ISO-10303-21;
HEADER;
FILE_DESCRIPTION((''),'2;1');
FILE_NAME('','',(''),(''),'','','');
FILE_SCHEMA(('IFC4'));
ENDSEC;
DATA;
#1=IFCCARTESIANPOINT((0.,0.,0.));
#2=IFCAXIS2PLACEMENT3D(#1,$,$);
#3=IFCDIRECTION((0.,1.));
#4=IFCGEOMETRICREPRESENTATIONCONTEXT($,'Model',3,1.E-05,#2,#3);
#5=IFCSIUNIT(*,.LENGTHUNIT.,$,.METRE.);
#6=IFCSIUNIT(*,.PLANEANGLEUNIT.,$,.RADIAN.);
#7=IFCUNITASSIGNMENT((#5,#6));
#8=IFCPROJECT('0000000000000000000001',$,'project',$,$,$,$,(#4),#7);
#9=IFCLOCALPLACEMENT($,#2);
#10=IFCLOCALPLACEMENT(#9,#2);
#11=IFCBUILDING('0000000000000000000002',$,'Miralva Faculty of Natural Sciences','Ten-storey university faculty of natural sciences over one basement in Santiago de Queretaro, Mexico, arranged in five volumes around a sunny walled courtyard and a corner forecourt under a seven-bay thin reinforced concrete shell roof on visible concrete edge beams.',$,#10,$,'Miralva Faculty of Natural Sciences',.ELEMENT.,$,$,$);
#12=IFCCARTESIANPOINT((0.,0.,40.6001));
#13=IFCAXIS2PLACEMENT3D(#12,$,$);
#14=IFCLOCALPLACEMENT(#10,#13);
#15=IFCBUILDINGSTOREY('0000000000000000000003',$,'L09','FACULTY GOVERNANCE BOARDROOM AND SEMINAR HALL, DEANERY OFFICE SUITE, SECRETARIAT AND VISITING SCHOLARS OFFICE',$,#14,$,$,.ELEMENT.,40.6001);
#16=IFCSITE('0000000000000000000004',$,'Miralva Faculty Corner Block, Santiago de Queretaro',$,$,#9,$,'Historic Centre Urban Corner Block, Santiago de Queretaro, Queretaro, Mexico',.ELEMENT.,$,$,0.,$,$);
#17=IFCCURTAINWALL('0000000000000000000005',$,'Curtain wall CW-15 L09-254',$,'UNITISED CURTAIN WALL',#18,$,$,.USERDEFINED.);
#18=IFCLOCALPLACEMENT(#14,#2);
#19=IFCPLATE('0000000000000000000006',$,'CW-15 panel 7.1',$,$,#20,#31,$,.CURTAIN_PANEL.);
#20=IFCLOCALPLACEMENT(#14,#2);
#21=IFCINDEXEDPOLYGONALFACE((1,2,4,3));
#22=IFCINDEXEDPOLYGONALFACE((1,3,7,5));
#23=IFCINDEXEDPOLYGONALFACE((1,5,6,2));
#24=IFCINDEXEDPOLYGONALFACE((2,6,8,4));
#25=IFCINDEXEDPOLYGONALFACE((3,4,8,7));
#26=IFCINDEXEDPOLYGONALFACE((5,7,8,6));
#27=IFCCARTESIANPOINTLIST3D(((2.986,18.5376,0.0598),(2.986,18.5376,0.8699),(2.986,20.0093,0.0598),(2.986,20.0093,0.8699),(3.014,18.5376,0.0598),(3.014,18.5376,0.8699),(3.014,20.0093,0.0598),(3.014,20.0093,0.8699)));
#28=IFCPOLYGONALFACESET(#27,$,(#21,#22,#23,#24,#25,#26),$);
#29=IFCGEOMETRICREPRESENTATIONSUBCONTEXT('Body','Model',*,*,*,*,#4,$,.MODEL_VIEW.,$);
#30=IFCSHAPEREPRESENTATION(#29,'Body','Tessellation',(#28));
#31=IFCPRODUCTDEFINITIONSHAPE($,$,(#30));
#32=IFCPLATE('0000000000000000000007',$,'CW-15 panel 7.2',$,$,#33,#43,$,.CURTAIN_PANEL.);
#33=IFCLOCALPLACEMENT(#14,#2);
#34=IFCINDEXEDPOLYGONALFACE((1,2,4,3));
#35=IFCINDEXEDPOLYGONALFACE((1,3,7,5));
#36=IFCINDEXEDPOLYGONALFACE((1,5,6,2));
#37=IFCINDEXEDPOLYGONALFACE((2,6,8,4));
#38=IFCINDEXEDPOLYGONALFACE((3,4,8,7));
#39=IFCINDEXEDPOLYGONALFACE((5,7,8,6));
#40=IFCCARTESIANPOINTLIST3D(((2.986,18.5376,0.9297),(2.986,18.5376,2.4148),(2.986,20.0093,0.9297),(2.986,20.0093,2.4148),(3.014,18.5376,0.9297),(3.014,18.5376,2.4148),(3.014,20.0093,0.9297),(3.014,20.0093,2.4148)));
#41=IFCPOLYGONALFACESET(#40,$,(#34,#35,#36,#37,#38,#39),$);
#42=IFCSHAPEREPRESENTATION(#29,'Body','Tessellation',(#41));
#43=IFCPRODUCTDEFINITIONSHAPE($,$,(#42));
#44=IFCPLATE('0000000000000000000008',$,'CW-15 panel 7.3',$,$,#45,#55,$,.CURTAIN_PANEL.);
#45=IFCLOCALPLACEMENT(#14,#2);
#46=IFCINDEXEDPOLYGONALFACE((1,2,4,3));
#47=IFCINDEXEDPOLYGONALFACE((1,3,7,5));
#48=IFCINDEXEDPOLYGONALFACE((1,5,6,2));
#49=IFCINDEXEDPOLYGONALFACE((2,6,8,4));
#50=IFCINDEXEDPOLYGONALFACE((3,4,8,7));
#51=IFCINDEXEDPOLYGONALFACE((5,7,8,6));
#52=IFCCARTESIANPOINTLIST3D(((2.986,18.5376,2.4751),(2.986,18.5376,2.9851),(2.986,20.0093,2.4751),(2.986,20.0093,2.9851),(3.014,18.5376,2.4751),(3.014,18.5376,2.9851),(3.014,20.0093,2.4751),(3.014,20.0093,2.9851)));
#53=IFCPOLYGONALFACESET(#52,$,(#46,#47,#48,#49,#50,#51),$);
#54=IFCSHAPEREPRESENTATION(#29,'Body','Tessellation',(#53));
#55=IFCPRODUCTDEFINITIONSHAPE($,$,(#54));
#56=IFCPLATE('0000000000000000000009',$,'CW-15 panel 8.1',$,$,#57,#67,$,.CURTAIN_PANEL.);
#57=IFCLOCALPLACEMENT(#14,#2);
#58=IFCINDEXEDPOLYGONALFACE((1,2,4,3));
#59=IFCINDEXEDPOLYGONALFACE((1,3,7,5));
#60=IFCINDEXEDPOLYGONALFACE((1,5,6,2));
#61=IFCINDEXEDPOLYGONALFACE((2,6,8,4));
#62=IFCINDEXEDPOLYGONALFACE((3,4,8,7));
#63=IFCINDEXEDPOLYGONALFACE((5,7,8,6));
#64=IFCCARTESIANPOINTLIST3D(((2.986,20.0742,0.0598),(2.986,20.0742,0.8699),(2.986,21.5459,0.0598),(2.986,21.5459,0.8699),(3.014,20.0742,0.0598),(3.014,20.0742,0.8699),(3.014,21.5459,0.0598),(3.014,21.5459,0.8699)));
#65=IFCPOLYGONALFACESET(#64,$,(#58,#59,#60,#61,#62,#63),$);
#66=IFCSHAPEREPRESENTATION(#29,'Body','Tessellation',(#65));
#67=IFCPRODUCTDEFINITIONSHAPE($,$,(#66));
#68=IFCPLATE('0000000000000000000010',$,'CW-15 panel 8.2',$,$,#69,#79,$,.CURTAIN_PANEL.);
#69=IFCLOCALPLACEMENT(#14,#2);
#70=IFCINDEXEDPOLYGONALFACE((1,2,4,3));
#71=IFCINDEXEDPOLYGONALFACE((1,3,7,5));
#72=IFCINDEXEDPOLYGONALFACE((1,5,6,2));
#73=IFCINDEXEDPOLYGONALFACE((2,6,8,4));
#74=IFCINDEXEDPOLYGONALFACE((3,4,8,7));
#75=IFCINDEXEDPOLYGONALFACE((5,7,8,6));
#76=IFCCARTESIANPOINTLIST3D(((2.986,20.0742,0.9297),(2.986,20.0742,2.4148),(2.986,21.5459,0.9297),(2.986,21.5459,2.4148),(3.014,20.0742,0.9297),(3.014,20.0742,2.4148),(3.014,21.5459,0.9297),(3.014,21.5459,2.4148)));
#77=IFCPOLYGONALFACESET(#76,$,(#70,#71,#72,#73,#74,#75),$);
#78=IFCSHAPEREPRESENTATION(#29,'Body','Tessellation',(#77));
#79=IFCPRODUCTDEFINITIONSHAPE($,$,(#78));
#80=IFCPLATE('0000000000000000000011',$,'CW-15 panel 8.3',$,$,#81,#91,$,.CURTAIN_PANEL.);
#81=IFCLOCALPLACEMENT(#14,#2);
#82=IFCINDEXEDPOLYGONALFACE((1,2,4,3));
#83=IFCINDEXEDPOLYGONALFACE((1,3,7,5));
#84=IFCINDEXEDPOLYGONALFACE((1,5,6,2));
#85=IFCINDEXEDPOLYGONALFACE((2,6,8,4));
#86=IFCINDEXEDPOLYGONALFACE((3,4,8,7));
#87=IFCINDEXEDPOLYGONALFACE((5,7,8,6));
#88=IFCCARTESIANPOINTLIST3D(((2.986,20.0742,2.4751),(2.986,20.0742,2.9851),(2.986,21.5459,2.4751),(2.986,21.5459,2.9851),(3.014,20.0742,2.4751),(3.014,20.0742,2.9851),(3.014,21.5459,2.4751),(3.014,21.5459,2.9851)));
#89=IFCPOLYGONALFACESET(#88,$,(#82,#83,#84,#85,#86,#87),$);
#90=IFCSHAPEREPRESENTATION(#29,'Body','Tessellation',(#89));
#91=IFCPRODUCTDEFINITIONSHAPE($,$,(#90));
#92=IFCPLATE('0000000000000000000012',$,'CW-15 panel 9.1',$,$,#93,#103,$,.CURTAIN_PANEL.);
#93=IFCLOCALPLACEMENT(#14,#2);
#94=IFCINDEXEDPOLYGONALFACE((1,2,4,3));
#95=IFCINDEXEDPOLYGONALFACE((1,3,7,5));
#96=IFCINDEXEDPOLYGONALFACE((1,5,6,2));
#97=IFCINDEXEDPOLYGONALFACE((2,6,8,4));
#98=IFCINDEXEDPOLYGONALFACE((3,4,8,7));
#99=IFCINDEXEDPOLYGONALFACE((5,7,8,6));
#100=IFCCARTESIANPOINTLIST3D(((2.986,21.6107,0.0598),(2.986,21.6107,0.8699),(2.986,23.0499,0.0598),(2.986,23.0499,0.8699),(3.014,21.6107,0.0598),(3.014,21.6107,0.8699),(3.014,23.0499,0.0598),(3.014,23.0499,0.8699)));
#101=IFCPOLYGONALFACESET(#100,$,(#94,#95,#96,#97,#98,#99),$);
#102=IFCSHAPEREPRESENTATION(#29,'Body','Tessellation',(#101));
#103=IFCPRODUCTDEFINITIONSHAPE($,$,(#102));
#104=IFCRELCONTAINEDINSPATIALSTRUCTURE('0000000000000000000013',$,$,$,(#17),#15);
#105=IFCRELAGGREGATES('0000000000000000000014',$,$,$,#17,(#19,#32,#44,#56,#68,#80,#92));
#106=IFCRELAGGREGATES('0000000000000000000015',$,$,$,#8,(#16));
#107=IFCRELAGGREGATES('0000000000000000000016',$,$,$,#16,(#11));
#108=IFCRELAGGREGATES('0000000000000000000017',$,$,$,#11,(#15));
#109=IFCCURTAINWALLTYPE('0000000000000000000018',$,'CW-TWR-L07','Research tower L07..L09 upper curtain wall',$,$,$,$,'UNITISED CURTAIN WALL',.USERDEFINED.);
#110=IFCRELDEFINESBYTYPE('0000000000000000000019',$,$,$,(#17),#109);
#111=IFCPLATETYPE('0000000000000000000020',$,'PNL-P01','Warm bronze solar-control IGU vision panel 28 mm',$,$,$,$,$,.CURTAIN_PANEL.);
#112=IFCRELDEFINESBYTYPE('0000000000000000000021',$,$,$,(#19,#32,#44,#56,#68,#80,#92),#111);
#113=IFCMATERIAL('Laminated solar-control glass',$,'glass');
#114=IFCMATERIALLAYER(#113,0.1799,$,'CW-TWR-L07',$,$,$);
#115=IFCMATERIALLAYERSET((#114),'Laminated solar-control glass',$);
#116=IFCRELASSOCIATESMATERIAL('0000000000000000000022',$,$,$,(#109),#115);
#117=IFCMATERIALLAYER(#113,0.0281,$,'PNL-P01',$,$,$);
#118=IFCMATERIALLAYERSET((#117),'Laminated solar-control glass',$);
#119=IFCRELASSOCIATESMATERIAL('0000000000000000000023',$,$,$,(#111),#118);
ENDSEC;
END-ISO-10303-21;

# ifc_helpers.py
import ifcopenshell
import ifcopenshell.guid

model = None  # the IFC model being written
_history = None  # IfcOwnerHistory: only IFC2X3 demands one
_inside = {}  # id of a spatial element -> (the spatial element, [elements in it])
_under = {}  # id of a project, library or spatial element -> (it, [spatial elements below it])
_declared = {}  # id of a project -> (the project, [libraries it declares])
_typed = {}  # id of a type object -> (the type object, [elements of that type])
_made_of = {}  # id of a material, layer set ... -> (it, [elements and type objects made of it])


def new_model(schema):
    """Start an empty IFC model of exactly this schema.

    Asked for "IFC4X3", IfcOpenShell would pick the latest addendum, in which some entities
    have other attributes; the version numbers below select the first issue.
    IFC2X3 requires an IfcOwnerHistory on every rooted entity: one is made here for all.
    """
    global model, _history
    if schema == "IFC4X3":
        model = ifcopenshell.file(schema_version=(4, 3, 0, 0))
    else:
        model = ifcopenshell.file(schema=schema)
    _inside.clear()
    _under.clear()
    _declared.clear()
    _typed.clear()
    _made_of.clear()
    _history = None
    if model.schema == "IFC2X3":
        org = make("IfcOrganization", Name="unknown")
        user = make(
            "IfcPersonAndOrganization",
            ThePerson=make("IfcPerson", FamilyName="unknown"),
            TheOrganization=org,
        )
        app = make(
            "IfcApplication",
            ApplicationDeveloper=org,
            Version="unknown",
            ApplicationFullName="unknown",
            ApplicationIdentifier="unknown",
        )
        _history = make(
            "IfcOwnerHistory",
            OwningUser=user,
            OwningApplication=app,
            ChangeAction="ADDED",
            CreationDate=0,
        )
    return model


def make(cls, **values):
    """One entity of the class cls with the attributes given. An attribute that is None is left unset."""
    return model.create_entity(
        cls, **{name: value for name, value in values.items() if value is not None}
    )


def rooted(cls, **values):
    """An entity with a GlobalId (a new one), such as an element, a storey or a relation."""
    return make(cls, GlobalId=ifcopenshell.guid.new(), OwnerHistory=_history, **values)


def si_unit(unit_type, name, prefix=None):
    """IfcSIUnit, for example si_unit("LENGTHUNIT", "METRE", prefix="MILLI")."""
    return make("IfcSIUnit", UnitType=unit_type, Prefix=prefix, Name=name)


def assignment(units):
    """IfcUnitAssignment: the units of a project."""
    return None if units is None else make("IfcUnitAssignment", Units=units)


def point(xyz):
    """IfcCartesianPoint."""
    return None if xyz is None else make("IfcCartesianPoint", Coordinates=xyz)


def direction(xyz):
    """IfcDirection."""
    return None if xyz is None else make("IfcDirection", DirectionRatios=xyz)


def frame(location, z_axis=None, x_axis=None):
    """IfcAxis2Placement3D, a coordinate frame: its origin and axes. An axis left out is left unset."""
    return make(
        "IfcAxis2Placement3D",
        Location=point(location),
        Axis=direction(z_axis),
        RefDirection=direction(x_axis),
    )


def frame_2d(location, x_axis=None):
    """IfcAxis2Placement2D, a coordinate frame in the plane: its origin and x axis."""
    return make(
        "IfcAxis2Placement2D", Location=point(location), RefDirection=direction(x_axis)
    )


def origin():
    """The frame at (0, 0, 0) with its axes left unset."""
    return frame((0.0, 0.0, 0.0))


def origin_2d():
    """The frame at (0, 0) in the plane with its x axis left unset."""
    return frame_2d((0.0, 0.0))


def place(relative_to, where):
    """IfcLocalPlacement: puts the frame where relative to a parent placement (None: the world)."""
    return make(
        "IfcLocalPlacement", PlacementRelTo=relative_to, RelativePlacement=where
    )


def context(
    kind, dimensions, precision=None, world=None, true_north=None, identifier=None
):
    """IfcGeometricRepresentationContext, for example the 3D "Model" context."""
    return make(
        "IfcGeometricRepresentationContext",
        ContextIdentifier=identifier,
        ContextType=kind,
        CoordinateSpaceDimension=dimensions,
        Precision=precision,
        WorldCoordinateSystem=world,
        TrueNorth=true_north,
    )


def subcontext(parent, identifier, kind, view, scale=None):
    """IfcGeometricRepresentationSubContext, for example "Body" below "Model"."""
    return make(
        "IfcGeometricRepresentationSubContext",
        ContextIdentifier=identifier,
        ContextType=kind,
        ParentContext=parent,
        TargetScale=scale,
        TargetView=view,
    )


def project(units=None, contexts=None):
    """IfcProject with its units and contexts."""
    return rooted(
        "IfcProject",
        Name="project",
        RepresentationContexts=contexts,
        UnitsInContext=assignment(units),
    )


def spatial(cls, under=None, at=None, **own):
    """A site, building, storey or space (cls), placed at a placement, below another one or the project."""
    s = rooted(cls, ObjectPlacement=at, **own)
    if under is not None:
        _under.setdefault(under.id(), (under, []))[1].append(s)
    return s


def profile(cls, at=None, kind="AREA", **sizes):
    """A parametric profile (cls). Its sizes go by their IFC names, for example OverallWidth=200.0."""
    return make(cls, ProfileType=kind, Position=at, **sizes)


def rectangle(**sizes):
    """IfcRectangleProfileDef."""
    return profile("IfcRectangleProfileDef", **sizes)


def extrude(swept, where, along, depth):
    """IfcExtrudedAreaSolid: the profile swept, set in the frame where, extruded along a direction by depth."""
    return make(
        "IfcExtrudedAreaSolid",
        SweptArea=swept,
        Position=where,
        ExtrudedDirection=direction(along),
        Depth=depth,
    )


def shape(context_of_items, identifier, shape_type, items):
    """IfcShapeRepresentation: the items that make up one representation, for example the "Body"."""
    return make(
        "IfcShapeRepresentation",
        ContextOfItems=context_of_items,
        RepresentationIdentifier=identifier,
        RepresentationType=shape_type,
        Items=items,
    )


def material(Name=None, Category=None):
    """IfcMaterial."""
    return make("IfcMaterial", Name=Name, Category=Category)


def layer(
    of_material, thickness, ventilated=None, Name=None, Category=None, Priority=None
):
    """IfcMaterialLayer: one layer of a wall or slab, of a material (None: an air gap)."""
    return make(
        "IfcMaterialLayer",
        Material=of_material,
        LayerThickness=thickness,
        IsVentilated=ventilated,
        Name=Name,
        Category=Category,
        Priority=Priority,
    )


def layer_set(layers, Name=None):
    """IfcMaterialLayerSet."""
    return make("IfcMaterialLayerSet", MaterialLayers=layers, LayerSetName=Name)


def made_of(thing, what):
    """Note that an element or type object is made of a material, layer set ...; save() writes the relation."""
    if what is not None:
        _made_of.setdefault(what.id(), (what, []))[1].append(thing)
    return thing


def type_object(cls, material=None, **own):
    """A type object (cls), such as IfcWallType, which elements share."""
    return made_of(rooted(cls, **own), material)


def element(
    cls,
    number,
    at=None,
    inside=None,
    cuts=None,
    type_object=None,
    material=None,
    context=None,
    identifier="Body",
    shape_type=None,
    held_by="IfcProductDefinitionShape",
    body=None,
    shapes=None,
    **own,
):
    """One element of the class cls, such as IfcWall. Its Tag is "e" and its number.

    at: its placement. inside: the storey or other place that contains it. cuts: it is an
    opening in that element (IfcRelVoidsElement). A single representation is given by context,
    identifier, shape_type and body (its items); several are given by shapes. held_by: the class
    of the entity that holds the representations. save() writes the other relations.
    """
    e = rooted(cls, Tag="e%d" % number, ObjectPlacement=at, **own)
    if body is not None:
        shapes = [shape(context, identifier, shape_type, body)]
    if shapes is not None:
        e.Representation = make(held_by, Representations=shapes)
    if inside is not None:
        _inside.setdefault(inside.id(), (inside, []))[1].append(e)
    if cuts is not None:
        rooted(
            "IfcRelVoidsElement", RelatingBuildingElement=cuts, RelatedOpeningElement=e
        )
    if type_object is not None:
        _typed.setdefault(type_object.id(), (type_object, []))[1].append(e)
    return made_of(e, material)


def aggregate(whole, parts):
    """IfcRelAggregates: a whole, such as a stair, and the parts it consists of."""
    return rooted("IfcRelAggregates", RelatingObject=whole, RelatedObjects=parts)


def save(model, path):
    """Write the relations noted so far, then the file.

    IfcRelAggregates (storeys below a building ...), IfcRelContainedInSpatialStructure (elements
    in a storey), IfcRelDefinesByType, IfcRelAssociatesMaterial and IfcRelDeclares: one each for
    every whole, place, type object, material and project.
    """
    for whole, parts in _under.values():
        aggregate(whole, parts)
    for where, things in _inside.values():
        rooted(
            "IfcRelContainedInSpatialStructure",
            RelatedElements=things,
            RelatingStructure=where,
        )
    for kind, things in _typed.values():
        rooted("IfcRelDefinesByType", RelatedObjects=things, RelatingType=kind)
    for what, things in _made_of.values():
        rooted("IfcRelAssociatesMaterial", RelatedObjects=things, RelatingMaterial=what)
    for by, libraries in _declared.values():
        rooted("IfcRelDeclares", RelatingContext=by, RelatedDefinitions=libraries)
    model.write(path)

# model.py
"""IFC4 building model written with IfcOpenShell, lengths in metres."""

from ifc_helpers import new_model, si_unit, direction, frame, origin, origin_2d, place, context, subcontext, project, spatial, rectangle, extrude, material, layer, layer_set, type_object, element, aggregate, save


model = new_model("IFC4")

# Units and contexts
model_context = context("Model", 3, precision=1e-05, world=origin(), true_north=direction((0.0, 1.0)))
body_context = subcontext(model_context, "Body", "Model", "MODEL_VIEW")
ifc_project = project(units=[si_unit("LENGTHUNIT", "METRE"), si_unit("PLANEANGLEUNIT", "RADIAN")], contexts=[model_context])

# Site, building, storey
site_placement = place(None, origin())
site = spatial("IfcSite", under=ifc_project, at=site_placement, Name="Miralva Faculty Corner Block, Santiago de Queretaro", LongName="Historic Centre Urban Corner Block, Santiago de Queretaro, Queretaro, Mexico", CompositionType="ELEMENT", RefElevation=0.0)
building_placement = place(site_placement, origin())
building = spatial("IfcBuilding", under=site, at=building_placement, Name="Miralva Faculty of Natural Sciences", Description="Ten-storey university faculty of natural sciences over one basement in Santiago de Queretaro, Mexico, arranged in five volumes around a sunny walled courtyard and a corner forecourt under a seven-bay thin reinforced concrete shell roof on visible concrete edge beams.", LongName="Miralva Faculty of Natural Sciences", CompositionType="ELEMENT")
storey_placement = place(building_placement, frame((0.0, 0.0, 40.6001)))
storey = spatial("IfcBuildingStorey", under=building, at=storey_placement, Name="L09", Description="FACULTY GOVERNANCE BOARDROOM AND SEMINAR HALL, DEANERY OFFICE SUITE, SECRETARIAT AND VISITING SCHOLARS OFFICE", CompositionType="ELEMENT", Elevation=40.6001)

# Curtain wall, plates
ifc_material_1 = material(Name="Laminated solar-control glass", Category="glass")
ifc_layer_1 = layer(ifc_material_1, 0.1799, Name="CW-TWR-L07")
ifc_layer_set_1 = layer_set([ifc_layer_1], Name="Laminated solar-control glass")
curtain_wall_type = type_object("IfcCurtainWallType", Name="CW-TWR-L07", Description="Research tower L07..L09 upper curtain wall", ElementType="UNITISED CURTAIN WALL", PredefinedType="USERDEFINED", material=ifc_layer_set_1)
curtain_wall_placement = place(storey_placement, origin())
curtain_wall = element("IfcCurtainWall", 1, at=curtain_wall_placement, inside=storey, type_object=curtain_wall_type, Name="Curtain wall CW-15 L09-254", ObjectType="UNITISED CURTAIN WALL", PredefinedType="USERDEFINED")
ifc_layer_2 = layer(ifc_material_1, 0.0281, Name="PNL-P01")
ifc_layer_set_2 = layer_set([ifc_layer_2], Name="Laminated solar-control glass")
plate_type = type_object("IfcPlateType", Name="PNL-P01", Description="Warm bronze solar-control IGU vision panel 28 mm", PredefinedType="CURTAIN_PANEL", material=ifc_layer_set_2)
plate_1_placement = place(storey_placement, frame((3.0, 19.2734, 0.0598), z_axis=(0.0, 0.0, 1.0), x_axis=(0.0, 1.0, 0.0)))
plate_1 = element("IfcPlate", 2, at=plate_1_placement, type_object=plate_type, Name="CW-15 panel 7.1", PredefinedType="CURTAIN_PANEL", context=body_context, shape_type="SweptSolid", body=[
    extrude(rectangle(XDim=1.4717, YDim=0.0281, at=origin_2d()), origin(), (0.0, 0.0, 1.0), 0.8101),
])
plate_2_placement = place(storey_placement, frame((3.0, 19.2734, 0.9297), z_axis=(0.0, 0.0, 1.0), x_axis=(0.0, 1.0, 0.0)))
plate_2 = element("IfcPlate", 3, at=plate_2_placement, type_object=plate_type, Name="CW-15 panel 7.2", PredefinedType="CURTAIN_PANEL", context=body_context, shape_type="SweptSolid", body=[
    extrude(rectangle(XDim=1.4717, YDim=0.0281, at=origin_2d()), origin(), (0.0, 0.0, 1.0), 1.4851),
])
plate_3_placement = place(storey_placement, frame((3.0, 19.2734, 2.4751), z_axis=(0.0, 0.0, 1.0), x_axis=(0.0, 1.0, 0.0)))
plate_3 = element("IfcPlate", 4, at=plate_3_placement, type_object=plate_type, Name="CW-15 panel 7.3", PredefinedType="CURTAIN_PANEL", context=body_context, shape_type="SweptSolid", body=[
    extrude(rectangle(XDim=1.4717, YDim=0.0281, at=origin_2d()), origin(), (0.0, 0.0, 1.0), 0.51),
])
plate_4_placement = place(storey_placement, frame((3.0, 20.8101, 0.0598), z_axis=(0.0, 0.0, 1.0), x_axis=(0.0, 1.0, 0.0)))
plate_4 = element("IfcPlate", 5, at=plate_4_placement, type_object=plate_type, Name="CW-15 panel 8.1", PredefinedType="CURTAIN_PANEL", context=body_context, shape_type="SweptSolid", body=[
    extrude(rectangle(XDim=1.4717, YDim=0.0281, at=origin_2d()), origin(), (0.0, 0.0, 1.0), 0.8101),
])
plate_5_placement = place(storey_placement, frame((3.0, 20.8101, 0.9297), z_axis=(0.0, 0.0, 1.0), x_axis=(0.0, 1.0, 0.0)))
plate_5 = element("IfcPlate", 6, at=plate_5_placement, type_object=plate_type, Name="CW-15 panel 8.2", PredefinedType="CURTAIN_PANEL", context=body_context, shape_type="SweptSolid", body=[
    extrude(rectangle(XDim=1.4717, YDim=0.0281, at=origin_2d()), origin(), (0.0, 0.0, 1.0), 1.4851),
])
plate_6_placement = place(storey_placement, frame((3.0, 20.8101, 2.4751), z_axis=(0.0, 0.0, 1.0), x_axis=(0.0, 1.0, 0.0)))
plate_6 = element("IfcPlate", 7, at=plate_6_placement, type_object=plate_type, Name="CW-15 panel 8.3", PredefinedType="CURTAIN_PANEL", context=body_context, shape_type="SweptSolid", body=[
    extrude(rectangle(XDim=1.4717, YDim=0.0281, at=origin_2d()), origin(), (0.0, 0.0, 1.0), 0.51),
])
plate_7_placement = place(storey_placement, frame((3.0, 22.3303, 0.0598), z_axis=(0.0, 0.0, 1.0), x_axis=(0.0, 1.0, 0.0)))
plate_7 = element("IfcPlate", 8, at=plate_7_placement, type_object=plate_type, Name="CW-15 panel 9.1", PredefinedType="CURTAIN_PANEL", context=body_context, shape_type="SweptSolid", body=[
    extrude(rectangle(XDim=1.4392, YDim=0.0281, at=origin_2d()), origin(), (0.0, 0.0, 1.0), 0.8101),
])
aggregate(curtain_wall, [plate_1, plate_2, plate_3, plate_4, plate_5, plate_6, plate_7])

save(model, "model.ifc")
